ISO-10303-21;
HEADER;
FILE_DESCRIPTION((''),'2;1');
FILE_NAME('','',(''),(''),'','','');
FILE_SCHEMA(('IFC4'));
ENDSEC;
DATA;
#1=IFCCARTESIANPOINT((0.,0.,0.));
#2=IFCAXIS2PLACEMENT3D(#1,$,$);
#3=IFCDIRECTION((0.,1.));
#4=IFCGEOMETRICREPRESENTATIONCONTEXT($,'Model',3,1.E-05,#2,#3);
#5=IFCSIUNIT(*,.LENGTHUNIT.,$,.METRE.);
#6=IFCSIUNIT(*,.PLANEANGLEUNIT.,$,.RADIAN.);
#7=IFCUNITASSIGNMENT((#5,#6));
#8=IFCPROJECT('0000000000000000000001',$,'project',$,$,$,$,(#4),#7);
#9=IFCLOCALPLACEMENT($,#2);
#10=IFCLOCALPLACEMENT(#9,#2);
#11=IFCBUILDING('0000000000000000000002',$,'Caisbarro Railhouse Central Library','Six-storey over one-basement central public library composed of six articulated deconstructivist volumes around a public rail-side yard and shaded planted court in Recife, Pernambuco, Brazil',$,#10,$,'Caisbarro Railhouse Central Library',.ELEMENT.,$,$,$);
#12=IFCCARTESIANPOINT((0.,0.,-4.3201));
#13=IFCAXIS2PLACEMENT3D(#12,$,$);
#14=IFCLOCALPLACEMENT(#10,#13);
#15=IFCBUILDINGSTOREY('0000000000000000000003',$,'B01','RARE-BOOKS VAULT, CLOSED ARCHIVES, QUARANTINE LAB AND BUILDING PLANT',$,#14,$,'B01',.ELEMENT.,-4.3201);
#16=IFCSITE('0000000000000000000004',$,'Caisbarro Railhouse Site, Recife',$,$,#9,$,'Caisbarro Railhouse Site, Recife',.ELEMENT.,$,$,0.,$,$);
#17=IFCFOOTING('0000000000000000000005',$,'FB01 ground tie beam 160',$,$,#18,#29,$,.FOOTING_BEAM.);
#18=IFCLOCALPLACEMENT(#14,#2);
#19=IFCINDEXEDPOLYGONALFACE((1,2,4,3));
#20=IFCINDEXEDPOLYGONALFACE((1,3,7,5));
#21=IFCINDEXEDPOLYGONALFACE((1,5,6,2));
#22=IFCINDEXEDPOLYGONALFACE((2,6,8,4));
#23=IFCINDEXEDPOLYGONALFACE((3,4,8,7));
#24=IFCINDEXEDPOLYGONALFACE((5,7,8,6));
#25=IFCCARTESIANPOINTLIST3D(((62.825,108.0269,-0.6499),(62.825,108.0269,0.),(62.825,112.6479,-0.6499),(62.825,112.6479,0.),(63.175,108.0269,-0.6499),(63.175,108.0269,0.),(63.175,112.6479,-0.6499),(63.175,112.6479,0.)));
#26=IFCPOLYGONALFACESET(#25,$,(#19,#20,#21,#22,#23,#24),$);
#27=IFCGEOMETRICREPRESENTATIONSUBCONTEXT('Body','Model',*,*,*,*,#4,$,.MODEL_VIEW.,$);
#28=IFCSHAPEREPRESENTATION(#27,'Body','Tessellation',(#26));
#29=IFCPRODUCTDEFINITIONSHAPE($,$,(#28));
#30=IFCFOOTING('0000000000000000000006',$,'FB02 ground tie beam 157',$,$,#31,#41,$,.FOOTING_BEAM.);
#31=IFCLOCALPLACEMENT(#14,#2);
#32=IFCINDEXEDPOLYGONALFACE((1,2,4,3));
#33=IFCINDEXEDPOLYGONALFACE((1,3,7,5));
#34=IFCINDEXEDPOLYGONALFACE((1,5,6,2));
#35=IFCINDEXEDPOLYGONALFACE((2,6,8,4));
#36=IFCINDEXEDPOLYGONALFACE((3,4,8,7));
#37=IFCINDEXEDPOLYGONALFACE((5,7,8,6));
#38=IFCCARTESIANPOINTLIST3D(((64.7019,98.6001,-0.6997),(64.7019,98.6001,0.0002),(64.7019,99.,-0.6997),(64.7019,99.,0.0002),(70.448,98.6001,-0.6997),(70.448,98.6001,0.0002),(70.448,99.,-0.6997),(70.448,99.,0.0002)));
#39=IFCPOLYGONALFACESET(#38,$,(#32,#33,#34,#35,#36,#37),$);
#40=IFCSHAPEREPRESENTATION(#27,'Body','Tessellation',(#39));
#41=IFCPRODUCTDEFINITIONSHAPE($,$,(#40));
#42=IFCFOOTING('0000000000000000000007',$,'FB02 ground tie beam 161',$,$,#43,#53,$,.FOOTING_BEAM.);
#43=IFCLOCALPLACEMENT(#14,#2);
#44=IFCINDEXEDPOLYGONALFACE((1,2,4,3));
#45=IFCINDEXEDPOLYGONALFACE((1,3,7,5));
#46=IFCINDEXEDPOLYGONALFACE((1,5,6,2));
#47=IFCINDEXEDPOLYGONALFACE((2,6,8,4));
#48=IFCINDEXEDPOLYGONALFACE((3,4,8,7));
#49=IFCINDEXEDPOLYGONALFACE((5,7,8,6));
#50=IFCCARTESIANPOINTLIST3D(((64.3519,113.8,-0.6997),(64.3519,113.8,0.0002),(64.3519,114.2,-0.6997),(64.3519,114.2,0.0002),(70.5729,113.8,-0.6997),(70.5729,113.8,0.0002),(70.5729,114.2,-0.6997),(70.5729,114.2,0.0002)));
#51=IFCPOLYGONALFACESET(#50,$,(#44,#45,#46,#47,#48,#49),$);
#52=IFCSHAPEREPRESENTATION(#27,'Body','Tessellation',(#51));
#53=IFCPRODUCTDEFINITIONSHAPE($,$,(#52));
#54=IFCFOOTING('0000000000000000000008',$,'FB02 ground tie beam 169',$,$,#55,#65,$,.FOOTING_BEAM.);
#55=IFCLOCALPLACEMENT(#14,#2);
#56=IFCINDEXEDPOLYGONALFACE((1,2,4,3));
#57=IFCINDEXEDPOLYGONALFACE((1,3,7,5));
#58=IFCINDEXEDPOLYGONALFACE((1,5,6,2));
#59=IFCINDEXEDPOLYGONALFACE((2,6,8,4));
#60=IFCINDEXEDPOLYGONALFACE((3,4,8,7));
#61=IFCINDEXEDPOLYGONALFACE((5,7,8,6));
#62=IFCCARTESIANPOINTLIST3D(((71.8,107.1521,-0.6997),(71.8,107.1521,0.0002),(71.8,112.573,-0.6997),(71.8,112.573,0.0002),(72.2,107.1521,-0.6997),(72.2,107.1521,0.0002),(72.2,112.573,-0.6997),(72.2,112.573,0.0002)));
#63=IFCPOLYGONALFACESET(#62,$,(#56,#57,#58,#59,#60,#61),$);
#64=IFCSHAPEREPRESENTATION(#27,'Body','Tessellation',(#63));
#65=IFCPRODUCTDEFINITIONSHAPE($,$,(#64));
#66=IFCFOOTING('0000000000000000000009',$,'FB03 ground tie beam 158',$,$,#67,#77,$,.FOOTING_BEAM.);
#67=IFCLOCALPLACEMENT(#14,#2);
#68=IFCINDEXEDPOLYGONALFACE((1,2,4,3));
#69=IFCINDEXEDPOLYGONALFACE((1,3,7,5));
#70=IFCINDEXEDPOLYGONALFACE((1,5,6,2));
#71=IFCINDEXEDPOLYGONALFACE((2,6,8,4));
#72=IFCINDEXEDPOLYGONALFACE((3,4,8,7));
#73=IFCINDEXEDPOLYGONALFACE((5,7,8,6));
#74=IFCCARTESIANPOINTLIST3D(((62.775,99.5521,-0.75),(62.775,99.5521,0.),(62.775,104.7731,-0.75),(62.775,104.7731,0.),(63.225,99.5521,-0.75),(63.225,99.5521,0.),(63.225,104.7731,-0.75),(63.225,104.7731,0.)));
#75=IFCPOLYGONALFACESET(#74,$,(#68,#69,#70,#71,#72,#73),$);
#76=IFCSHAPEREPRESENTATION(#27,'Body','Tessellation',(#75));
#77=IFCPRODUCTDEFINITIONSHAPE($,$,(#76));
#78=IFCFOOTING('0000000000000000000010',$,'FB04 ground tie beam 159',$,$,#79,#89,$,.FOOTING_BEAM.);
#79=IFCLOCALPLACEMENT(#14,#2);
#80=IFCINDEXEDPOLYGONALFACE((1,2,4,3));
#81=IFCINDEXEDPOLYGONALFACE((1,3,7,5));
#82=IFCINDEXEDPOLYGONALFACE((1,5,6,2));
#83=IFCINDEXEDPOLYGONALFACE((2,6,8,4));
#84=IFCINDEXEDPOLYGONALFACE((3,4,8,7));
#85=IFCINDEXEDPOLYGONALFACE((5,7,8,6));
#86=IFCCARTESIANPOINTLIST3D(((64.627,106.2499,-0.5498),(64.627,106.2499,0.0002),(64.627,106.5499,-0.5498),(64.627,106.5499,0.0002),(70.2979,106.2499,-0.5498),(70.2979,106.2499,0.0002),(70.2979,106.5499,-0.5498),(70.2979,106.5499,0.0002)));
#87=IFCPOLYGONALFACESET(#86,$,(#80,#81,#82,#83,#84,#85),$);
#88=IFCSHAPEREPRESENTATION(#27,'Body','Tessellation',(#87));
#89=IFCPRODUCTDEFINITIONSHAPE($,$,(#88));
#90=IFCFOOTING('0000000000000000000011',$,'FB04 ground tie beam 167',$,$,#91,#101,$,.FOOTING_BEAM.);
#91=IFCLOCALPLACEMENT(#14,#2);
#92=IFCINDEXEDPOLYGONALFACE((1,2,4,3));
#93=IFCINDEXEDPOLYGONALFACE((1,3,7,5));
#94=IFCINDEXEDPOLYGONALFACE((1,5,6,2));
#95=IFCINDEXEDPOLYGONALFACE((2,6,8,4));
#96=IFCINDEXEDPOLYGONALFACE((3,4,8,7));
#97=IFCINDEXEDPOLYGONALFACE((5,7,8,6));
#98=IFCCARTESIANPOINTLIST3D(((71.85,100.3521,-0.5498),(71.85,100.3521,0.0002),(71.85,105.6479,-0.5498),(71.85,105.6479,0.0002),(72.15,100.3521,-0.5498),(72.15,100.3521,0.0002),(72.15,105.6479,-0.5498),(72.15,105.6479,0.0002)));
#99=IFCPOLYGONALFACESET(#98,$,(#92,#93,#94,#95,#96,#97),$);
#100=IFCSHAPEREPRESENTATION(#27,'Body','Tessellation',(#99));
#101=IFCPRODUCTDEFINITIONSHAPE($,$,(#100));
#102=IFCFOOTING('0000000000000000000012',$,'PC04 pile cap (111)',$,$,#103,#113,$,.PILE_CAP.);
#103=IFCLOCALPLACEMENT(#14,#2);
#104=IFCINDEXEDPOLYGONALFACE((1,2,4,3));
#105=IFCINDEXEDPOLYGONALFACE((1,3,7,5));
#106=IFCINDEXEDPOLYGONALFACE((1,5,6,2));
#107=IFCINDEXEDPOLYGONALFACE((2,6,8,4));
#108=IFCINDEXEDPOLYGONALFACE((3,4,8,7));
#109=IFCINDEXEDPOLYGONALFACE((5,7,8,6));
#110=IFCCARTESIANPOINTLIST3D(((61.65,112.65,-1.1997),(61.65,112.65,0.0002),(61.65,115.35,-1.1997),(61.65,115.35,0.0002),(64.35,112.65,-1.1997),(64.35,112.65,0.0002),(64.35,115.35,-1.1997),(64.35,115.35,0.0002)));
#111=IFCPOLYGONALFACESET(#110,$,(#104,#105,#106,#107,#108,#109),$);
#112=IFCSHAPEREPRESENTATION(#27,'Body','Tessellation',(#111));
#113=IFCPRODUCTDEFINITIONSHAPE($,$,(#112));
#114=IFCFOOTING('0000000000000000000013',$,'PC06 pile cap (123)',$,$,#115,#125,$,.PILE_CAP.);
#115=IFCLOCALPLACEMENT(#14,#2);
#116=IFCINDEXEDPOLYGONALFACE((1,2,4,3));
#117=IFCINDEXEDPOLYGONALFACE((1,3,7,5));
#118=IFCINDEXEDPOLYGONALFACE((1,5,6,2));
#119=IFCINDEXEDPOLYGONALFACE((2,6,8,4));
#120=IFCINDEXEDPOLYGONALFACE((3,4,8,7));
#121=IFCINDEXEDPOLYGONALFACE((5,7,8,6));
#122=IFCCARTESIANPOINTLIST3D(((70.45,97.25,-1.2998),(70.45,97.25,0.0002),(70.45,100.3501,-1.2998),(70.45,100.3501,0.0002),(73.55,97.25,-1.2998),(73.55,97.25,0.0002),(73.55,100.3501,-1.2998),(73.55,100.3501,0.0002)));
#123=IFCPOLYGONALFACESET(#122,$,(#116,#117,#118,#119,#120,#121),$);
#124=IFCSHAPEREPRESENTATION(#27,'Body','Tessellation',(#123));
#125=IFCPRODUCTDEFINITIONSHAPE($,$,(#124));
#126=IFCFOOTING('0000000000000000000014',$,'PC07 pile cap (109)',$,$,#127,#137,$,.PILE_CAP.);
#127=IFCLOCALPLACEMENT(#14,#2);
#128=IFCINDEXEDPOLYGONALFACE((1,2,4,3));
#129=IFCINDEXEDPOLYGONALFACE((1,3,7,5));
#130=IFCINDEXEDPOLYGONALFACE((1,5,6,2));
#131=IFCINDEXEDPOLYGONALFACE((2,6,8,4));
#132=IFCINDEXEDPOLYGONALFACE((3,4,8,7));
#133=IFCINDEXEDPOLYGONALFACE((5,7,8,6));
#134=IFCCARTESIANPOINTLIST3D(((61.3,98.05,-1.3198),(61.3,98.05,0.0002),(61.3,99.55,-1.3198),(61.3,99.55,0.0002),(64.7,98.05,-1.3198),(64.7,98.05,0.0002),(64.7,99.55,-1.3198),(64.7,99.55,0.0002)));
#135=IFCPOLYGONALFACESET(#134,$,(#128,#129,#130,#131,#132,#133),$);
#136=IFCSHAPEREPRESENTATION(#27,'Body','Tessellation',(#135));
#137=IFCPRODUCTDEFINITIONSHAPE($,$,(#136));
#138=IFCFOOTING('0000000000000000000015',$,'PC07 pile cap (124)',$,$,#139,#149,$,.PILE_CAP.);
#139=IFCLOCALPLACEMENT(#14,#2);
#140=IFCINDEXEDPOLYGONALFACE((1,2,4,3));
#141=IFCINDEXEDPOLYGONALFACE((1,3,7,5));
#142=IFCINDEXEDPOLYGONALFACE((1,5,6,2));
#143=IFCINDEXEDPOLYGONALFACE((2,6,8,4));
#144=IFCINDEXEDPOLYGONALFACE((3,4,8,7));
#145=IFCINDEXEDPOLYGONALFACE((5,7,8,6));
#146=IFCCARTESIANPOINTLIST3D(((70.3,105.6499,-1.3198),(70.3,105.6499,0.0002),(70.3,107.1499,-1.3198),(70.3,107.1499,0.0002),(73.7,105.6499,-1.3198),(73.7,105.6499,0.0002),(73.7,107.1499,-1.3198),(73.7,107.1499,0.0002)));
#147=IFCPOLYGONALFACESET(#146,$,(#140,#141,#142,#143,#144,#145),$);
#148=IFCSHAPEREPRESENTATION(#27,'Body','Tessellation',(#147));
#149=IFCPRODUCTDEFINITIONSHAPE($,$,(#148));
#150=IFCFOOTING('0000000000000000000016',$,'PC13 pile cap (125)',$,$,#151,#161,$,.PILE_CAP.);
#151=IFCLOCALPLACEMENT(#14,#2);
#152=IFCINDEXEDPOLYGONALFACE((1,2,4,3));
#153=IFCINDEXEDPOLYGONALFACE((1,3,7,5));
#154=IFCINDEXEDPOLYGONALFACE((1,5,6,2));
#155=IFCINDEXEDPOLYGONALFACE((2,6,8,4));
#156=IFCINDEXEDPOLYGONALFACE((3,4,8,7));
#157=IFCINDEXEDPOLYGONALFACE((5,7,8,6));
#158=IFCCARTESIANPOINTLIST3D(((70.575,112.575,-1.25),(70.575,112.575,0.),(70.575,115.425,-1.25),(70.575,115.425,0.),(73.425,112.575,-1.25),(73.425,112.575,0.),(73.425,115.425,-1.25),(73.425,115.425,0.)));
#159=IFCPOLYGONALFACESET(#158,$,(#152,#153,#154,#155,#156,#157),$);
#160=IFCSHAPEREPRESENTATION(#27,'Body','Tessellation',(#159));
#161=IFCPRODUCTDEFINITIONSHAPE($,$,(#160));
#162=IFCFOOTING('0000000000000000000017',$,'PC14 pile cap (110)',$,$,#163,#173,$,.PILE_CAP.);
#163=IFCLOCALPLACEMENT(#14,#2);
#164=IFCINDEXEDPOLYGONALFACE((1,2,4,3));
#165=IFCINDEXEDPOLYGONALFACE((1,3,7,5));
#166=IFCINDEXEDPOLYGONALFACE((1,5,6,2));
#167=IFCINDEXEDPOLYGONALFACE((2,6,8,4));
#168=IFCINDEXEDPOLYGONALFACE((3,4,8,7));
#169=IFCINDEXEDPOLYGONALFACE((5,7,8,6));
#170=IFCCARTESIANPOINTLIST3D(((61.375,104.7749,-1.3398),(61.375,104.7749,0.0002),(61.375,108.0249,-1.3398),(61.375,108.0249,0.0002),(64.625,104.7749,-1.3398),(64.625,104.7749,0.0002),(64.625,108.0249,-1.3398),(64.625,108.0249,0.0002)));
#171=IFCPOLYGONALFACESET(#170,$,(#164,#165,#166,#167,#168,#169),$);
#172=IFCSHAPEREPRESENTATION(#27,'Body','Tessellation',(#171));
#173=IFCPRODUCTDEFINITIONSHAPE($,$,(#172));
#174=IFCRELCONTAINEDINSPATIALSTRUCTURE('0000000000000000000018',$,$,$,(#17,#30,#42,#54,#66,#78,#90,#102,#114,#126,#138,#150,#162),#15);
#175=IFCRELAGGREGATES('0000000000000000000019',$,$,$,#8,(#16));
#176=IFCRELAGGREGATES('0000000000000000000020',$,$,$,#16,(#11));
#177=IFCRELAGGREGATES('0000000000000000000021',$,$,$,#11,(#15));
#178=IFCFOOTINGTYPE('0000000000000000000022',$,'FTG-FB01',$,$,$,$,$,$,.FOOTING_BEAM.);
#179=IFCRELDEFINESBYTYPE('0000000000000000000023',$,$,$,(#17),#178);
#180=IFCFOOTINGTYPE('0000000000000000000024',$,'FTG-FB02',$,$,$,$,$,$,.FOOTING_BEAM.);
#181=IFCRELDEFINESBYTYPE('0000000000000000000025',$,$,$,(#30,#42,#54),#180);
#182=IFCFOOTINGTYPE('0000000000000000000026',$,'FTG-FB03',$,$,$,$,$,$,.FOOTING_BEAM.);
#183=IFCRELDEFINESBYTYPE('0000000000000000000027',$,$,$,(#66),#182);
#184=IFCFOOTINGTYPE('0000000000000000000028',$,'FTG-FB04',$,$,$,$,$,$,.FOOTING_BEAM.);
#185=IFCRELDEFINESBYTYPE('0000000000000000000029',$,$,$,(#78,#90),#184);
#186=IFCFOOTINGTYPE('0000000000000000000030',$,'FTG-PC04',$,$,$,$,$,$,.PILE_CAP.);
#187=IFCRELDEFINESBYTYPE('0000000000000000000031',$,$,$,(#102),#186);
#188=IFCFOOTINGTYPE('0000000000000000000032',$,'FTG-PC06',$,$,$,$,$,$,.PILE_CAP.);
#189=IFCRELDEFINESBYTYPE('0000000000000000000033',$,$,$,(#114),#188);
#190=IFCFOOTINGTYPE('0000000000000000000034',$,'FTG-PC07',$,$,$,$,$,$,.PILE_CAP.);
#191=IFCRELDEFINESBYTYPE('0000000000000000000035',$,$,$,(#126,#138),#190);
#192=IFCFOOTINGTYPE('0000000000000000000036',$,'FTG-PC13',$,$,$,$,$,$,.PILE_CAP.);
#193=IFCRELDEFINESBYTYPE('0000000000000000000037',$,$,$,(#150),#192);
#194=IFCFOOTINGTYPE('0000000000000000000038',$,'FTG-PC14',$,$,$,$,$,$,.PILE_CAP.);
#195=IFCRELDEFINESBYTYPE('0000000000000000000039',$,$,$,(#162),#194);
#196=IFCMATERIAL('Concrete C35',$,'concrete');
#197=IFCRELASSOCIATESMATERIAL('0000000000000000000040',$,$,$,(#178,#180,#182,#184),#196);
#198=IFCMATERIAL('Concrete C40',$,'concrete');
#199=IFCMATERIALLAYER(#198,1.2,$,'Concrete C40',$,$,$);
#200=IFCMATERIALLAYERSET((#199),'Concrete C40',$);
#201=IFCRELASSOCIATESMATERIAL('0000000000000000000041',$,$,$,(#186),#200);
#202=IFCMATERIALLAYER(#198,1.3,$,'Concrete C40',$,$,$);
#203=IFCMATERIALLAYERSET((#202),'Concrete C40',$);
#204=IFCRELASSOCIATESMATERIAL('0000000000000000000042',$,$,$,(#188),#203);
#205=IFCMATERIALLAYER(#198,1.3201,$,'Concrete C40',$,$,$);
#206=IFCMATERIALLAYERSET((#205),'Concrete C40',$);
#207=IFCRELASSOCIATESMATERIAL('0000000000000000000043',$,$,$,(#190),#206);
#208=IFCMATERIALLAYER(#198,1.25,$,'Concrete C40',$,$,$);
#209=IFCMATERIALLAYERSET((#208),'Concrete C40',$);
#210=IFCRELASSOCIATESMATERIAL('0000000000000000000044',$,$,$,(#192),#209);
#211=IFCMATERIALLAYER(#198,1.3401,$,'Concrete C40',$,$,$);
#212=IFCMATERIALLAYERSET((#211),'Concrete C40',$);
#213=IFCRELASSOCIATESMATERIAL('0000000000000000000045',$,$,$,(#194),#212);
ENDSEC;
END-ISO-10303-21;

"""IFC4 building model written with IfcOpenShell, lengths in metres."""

from ifc_helpers import new_model, si_unit, direction, frame, origin, origin_2d, place, context, subcontext, project, spatial, rectangle, extrude, material, layer, layer_set, type_object, element, save


model = new_model("IFC4")

# Units and contexts
model_context = context("Model", 3, precision=1e-05, world=origin(), true_north=direction((0.0, 1.0)))
body_context = subcontext(model_context, "Body", "Model", "MODEL_VIEW")
ifc_project = project(units=[si_unit("LENGTHUNIT", "METRE"), si_unit("PLANEANGLEUNIT", "RADIAN")], contexts=[model_context])

# Site, building, storey
site_placement = place(None, origin())
site = spatial("IfcSite", under=ifc_project, at=site_placement, Name="Caisbarro Railhouse Site, Recife", LongName="Caisbarro Railhouse Site, Recife", CompositionType="ELEMENT", RefElevation=0.0)
building_placement = place(site_placement, origin())
building = spatial("IfcBuilding", under=site, at=building_placement, Name="Caisbarro Railhouse Central Library", Description="Six-storey over one-basement central public library composed of six articulated deconstructivist volumes around a public rail-side yard and shaded planted court in Recife, Pernambuco, Brazil", LongName="Caisbarro Railhouse Central Library", CompositionType="ELEMENT")
storey_placement = place(building_placement, frame((0.0, 0.0, -4.3201)))
storey = spatial("IfcBuildingStorey", under=building, at=storey_placement, Name="B01", Description="RARE-BOOKS VAULT, CLOSED ARCHIVES, QUARANTINE LAB AND BUILDING PLANT", LongName="B01", CompositionType="ELEMENT", Elevation=-4.3201)

# Footings
ifc_material_1 = material(Name="Concrete C35", Category="concrete")
footing_type_1 = type_object("IfcFootingType", Name="FTG-FB01", PredefinedType="FOOTING_BEAM", material=ifc_material_1)
footing_1_placement = place(storey_placement, frame((63.0, 110.3374, -0.6499), z_axis=(0.0, 0.0, 1.0), x_axis=(0.0, 1.0, 0.0)))
element("IfcFooting", 1, at=footing_1_placement, inside=storey, type_object=footing_type_1, Name="FB01 ground tie beam 160", PredefinedType="FOOTING_BEAM", context=body_context, shape_type="SweptSolid", body=[
    extrude(rectangle(XDim=4.6211, YDim=0.3501, at=origin_2d()), origin(), (0.0, 0.0, 1.0), 0.6499),
])
footing_type_2 = type_object("IfcFootingType", Name="FTG-FB02", PredefinedType="FOOTING_BEAM", material=ifc_material_1)
footing_2_placement = place(storey_placement, frame((67.575, 98.8, -0.6997), z_axis=(0.0, 0.0, 1.0), x_axis=(1.0, 0.0, 0.0)))
element("IfcFooting", 2, at=footing_2_placement, inside=storey, type_object=footing_type_2, Name="FB02 ground tie beam 157", PredefinedType="FOOTING_BEAM", context=body_context, shape_type="SweptSolid", body=[
    extrude(rectangle(XDim=5.7461, YDim=0.3999, at=origin_2d()), origin(), (0.0, 0.0, 1.0), 0.7),
])
footing_3_placement = place(storey_placement, frame((67.4624, 114.0, -0.6997), z_axis=(0.0, 0.0, 1.0), x_axis=(1.0, 0.0, 0.0)))
element("IfcFooting", 3, at=footing_3_placement, inside=storey, type_object=footing_type_2, Name="FB02 ground tie beam 161", PredefinedType="FOOTING_BEAM", context=body_context, shape_type="SweptSolid", body=[
    extrude(rectangle(XDim=6.2209, YDim=0.3999, at=origin_2d()), origin(), (0.0, 0.0, 1.0), 0.7),
])
footing_4_placement = place(storey_placement, frame((72.0, 109.8625, -0.6997), z_axis=(0.0, 0.0, 1.0), x_axis=(0.0, 1.0, 0.0)))
element("IfcFooting", 4, at=footing_4_placement, inside=storey, type_object=footing_type_2, Name="FB02 ground tie beam 169", PredefinedType="FOOTING_BEAM", context=body_context, shape_type="SweptSolid", body=[
    extrude(rectangle(XDim=5.4209, YDim=0.3999, at=origin_2d()), origin(), (0.0, 0.0, 1.0), 0.7),
])
footing_type_3 = type_object("IfcFootingType", Name="FTG-FB03", PredefinedType="FOOTING_BEAM", material=ifc_material_1)
footing_5_placement = place(storey_placement, frame((63.0, 102.1626, -0.75), z_axis=(0.0, 0.0, 1.0), x_axis=(0.0, 1.0, 0.0)))
element("IfcFooting", 5, at=footing_5_placement, inside=storey, type_object=footing_type_3, Name="FB03 ground tie beam 158", PredefinedType="FOOTING_BEAM", context=body_context, shape_type="SweptSolid", body=[
    extrude(rectangle(XDim=5.2209, YDim=0.45, at=origin_2d()), origin(), (0.0, 0.0, 1.0), 0.75),
])
footing_type_4 = type_object("IfcFootingType", Name="FTG-FB04", PredefinedType="FOOTING_BEAM", material=ifc_material_1)
footing_6_placement = place(storey_placement, frame((67.4624, 106.3999, -0.5498), z_axis=(0.0, 0.0, 1.0), x_axis=(1.0, 0.0, 0.0)))
element("IfcFooting", 6, at=footing_6_placement, inside=storey, type_object=footing_type_4, Name="FB04 ground tie beam 159", PredefinedType="FOOTING_BEAM", context=body_context, shape_type="SweptSolid", body=[
    extrude(rectangle(XDim=5.6709, YDim=0.3, at=origin_2d()), origin(), (0.0, 0.0, 1.0), 0.55),
])
footing_7_placement = place(storey_placement, frame((72.0, 103.0, -0.5498), z_axis=(0.0, 0.0, 1.0), x_axis=(0.0, 1.0, 0.0)))
element("IfcFooting", 7, at=footing_7_placement, inside=storey, type_object=footing_type_4, Name="FB04 ground tie beam 167", PredefinedType="FOOTING_BEAM", context=body_context, shape_type="SweptSolid", body=[
    extrude(rectangle(XDim=5.2959, YDim=0.3, at=origin_2d()), origin(), (0.0, 0.0, 1.0), 0.55),
])
ifc_material_2 = material(Name="Concrete C40", Category="concrete")
ifc_layer_1 = layer(ifc_material_2, 1.2, Name="Concrete C40")
ifc_layer_set_1 = layer_set([ifc_layer_1], Name="Concrete C40")
footing_type_5 = type_object("IfcFootingType", Name="FTG-PC04", PredefinedType="PILE_CAP", material=ifc_layer_set_1)
footing_8_placement = place(storey_placement, frame((63.0, 114.0, -1.1997), z_axis=(0.0, 0.0, 1.0), x_axis=(1.0, 0.0, 0.0)))
element("IfcFooting", 8, at=footing_8_placement, inside=storey, type_object=footing_type_5, Name="PC04 pile cap (111)", PredefinedType="PILE_CAP", context=body_context, shape_type="SweptSolid", body=[
    extrude(rectangle(XDim=2.7, YDim=2.7, at=origin_2d()), origin(), (0.0, 0.0, 1.0), 1.2),
])
ifc_layer_2 = layer(ifc_material_2, 1.3, Name="Concrete C40")
ifc_layer_set_2 = layer_set([ifc_layer_2], Name="Concrete C40")
footing_type_6 = type_object("IfcFootingType", Name="FTG-PC06", PredefinedType="PILE_CAP", material=ifc_layer_set_2)
footing_9_placement = place(storey_placement, frame((72.0, 98.8, -1.2998), z_axis=(0.0, 0.0, 1.0), x_axis=(1.0, 0.0, 0.0)))
element("IfcFooting", 9, at=footing_9_placement, inside=storey, type_object=footing_type_6, Name="PC06 pile cap (123)", PredefinedType="PILE_CAP", context=body_context, shape_type="SweptSolid", body=[
    extrude(rectangle(XDim=3.1001, YDim=3.1001, at=origin_2d()), origin(), (0.0, 0.0, 1.0), 1.3),
])
ifc_layer_3 = layer(ifc_material_2, 1.3201, Name="Concrete C40")
ifc_layer_set_3 = layer_set([ifc_layer_3], Name="Concrete C40")
footing_type_7 = type_object("IfcFootingType", Name="FTG-PC07", PredefinedType="PILE_CAP", material=ifc_layer_set_3)
for number, where, z_axis, x_axis, name in (
    (10, (63.0, 98.8, -1.3198), (0.0, 0.0, 1.0), (1.0, 0.0, 0.0), "PC07 pile cap (109)"),
    (11, (72.0, 106.3999, -1.3198), (0.0, 0.0, 1.0), (1.0, 0.0, 0.0), "PC07 pile cap (124)"),
):
    element("IfcFooting", number, at=place(storey_placement, frame(where, z_axis=z_axis, x_axis=x_axis)), inside=storey, type_object=footing_type_7, Name=name, PredefinedType="PILE_CAP", context=body_context, shape_type="SweptSolid", body=[
        extrude(rectangle(XDim=3.3999, YDim=1.5, at=origin_2d()), origin(), (0.0, 0.0, 1.0), 1.3201),
    ])
ifc_layer_4 = layer(ifc_material_2, 1.25, Name="Concrete C40")
ifc_layer_set_4 = layer_set([ifc_layer_4], Name="Concrete C40")
footing_type_8 = type_object("IfcFootingType", Name="FTG-PC13", PredefinedType="PILE_CAP", material=ifc_layer_set_4)
footing_10_placement = place(storey_placement, frame((72.0, 114.0, -1.25), z_axis=(0.0, 0.0, 1.0), x_axis=(1.0, 0.0, 0.0)))
element("IfcFooting", 12, at=footing_10_placement, inside=storey, type_object=footing_type_8, Name="PC13 pile cap (125)", PredefinedType="PILE_CAP", context=body_context, shape_type="SweptSolid", body=[
    extrude(rectangle(XDim=2.8501, YDim=2.8501, at=origin_2d()), origin(), (0.0, 0.0, 1.0), 1.25),
])
ifc_layer_5 = layer(ifc_material_2, 1.3401, Name="Concrete C40")
ifc_layer_set_5 = layer_set([ifc_layer_5], Name="Concrete C40")
footing_type_9 = type_object("IfcFootingType", Name="FTG-PC14", PredefinedType="PILE_CAP", material=ifc_layer_set_5)
footing_11_placement = place(storey_placement, frame((63.0, 106.3999, -1.3398), z_axis=(0.0, 0.0, 1.0), x_axis=(1.0, 0.0, 0.0)))
element("IfcFooting", 13, at=footing_11_placement, inside=storey, type_object=footing_type_9, Name="PC14 pile cap (110)", PredefinedType="PILE_CAP", context=body_context, shape_type="SweptSolid", body=[
    extrude(rectangle(XDim=3.25, YDim=3.25, at=origin_2d()), origin(), (0.0, 0.0, 1.0), 1.3401),
])

save(model, "model.ifc")
